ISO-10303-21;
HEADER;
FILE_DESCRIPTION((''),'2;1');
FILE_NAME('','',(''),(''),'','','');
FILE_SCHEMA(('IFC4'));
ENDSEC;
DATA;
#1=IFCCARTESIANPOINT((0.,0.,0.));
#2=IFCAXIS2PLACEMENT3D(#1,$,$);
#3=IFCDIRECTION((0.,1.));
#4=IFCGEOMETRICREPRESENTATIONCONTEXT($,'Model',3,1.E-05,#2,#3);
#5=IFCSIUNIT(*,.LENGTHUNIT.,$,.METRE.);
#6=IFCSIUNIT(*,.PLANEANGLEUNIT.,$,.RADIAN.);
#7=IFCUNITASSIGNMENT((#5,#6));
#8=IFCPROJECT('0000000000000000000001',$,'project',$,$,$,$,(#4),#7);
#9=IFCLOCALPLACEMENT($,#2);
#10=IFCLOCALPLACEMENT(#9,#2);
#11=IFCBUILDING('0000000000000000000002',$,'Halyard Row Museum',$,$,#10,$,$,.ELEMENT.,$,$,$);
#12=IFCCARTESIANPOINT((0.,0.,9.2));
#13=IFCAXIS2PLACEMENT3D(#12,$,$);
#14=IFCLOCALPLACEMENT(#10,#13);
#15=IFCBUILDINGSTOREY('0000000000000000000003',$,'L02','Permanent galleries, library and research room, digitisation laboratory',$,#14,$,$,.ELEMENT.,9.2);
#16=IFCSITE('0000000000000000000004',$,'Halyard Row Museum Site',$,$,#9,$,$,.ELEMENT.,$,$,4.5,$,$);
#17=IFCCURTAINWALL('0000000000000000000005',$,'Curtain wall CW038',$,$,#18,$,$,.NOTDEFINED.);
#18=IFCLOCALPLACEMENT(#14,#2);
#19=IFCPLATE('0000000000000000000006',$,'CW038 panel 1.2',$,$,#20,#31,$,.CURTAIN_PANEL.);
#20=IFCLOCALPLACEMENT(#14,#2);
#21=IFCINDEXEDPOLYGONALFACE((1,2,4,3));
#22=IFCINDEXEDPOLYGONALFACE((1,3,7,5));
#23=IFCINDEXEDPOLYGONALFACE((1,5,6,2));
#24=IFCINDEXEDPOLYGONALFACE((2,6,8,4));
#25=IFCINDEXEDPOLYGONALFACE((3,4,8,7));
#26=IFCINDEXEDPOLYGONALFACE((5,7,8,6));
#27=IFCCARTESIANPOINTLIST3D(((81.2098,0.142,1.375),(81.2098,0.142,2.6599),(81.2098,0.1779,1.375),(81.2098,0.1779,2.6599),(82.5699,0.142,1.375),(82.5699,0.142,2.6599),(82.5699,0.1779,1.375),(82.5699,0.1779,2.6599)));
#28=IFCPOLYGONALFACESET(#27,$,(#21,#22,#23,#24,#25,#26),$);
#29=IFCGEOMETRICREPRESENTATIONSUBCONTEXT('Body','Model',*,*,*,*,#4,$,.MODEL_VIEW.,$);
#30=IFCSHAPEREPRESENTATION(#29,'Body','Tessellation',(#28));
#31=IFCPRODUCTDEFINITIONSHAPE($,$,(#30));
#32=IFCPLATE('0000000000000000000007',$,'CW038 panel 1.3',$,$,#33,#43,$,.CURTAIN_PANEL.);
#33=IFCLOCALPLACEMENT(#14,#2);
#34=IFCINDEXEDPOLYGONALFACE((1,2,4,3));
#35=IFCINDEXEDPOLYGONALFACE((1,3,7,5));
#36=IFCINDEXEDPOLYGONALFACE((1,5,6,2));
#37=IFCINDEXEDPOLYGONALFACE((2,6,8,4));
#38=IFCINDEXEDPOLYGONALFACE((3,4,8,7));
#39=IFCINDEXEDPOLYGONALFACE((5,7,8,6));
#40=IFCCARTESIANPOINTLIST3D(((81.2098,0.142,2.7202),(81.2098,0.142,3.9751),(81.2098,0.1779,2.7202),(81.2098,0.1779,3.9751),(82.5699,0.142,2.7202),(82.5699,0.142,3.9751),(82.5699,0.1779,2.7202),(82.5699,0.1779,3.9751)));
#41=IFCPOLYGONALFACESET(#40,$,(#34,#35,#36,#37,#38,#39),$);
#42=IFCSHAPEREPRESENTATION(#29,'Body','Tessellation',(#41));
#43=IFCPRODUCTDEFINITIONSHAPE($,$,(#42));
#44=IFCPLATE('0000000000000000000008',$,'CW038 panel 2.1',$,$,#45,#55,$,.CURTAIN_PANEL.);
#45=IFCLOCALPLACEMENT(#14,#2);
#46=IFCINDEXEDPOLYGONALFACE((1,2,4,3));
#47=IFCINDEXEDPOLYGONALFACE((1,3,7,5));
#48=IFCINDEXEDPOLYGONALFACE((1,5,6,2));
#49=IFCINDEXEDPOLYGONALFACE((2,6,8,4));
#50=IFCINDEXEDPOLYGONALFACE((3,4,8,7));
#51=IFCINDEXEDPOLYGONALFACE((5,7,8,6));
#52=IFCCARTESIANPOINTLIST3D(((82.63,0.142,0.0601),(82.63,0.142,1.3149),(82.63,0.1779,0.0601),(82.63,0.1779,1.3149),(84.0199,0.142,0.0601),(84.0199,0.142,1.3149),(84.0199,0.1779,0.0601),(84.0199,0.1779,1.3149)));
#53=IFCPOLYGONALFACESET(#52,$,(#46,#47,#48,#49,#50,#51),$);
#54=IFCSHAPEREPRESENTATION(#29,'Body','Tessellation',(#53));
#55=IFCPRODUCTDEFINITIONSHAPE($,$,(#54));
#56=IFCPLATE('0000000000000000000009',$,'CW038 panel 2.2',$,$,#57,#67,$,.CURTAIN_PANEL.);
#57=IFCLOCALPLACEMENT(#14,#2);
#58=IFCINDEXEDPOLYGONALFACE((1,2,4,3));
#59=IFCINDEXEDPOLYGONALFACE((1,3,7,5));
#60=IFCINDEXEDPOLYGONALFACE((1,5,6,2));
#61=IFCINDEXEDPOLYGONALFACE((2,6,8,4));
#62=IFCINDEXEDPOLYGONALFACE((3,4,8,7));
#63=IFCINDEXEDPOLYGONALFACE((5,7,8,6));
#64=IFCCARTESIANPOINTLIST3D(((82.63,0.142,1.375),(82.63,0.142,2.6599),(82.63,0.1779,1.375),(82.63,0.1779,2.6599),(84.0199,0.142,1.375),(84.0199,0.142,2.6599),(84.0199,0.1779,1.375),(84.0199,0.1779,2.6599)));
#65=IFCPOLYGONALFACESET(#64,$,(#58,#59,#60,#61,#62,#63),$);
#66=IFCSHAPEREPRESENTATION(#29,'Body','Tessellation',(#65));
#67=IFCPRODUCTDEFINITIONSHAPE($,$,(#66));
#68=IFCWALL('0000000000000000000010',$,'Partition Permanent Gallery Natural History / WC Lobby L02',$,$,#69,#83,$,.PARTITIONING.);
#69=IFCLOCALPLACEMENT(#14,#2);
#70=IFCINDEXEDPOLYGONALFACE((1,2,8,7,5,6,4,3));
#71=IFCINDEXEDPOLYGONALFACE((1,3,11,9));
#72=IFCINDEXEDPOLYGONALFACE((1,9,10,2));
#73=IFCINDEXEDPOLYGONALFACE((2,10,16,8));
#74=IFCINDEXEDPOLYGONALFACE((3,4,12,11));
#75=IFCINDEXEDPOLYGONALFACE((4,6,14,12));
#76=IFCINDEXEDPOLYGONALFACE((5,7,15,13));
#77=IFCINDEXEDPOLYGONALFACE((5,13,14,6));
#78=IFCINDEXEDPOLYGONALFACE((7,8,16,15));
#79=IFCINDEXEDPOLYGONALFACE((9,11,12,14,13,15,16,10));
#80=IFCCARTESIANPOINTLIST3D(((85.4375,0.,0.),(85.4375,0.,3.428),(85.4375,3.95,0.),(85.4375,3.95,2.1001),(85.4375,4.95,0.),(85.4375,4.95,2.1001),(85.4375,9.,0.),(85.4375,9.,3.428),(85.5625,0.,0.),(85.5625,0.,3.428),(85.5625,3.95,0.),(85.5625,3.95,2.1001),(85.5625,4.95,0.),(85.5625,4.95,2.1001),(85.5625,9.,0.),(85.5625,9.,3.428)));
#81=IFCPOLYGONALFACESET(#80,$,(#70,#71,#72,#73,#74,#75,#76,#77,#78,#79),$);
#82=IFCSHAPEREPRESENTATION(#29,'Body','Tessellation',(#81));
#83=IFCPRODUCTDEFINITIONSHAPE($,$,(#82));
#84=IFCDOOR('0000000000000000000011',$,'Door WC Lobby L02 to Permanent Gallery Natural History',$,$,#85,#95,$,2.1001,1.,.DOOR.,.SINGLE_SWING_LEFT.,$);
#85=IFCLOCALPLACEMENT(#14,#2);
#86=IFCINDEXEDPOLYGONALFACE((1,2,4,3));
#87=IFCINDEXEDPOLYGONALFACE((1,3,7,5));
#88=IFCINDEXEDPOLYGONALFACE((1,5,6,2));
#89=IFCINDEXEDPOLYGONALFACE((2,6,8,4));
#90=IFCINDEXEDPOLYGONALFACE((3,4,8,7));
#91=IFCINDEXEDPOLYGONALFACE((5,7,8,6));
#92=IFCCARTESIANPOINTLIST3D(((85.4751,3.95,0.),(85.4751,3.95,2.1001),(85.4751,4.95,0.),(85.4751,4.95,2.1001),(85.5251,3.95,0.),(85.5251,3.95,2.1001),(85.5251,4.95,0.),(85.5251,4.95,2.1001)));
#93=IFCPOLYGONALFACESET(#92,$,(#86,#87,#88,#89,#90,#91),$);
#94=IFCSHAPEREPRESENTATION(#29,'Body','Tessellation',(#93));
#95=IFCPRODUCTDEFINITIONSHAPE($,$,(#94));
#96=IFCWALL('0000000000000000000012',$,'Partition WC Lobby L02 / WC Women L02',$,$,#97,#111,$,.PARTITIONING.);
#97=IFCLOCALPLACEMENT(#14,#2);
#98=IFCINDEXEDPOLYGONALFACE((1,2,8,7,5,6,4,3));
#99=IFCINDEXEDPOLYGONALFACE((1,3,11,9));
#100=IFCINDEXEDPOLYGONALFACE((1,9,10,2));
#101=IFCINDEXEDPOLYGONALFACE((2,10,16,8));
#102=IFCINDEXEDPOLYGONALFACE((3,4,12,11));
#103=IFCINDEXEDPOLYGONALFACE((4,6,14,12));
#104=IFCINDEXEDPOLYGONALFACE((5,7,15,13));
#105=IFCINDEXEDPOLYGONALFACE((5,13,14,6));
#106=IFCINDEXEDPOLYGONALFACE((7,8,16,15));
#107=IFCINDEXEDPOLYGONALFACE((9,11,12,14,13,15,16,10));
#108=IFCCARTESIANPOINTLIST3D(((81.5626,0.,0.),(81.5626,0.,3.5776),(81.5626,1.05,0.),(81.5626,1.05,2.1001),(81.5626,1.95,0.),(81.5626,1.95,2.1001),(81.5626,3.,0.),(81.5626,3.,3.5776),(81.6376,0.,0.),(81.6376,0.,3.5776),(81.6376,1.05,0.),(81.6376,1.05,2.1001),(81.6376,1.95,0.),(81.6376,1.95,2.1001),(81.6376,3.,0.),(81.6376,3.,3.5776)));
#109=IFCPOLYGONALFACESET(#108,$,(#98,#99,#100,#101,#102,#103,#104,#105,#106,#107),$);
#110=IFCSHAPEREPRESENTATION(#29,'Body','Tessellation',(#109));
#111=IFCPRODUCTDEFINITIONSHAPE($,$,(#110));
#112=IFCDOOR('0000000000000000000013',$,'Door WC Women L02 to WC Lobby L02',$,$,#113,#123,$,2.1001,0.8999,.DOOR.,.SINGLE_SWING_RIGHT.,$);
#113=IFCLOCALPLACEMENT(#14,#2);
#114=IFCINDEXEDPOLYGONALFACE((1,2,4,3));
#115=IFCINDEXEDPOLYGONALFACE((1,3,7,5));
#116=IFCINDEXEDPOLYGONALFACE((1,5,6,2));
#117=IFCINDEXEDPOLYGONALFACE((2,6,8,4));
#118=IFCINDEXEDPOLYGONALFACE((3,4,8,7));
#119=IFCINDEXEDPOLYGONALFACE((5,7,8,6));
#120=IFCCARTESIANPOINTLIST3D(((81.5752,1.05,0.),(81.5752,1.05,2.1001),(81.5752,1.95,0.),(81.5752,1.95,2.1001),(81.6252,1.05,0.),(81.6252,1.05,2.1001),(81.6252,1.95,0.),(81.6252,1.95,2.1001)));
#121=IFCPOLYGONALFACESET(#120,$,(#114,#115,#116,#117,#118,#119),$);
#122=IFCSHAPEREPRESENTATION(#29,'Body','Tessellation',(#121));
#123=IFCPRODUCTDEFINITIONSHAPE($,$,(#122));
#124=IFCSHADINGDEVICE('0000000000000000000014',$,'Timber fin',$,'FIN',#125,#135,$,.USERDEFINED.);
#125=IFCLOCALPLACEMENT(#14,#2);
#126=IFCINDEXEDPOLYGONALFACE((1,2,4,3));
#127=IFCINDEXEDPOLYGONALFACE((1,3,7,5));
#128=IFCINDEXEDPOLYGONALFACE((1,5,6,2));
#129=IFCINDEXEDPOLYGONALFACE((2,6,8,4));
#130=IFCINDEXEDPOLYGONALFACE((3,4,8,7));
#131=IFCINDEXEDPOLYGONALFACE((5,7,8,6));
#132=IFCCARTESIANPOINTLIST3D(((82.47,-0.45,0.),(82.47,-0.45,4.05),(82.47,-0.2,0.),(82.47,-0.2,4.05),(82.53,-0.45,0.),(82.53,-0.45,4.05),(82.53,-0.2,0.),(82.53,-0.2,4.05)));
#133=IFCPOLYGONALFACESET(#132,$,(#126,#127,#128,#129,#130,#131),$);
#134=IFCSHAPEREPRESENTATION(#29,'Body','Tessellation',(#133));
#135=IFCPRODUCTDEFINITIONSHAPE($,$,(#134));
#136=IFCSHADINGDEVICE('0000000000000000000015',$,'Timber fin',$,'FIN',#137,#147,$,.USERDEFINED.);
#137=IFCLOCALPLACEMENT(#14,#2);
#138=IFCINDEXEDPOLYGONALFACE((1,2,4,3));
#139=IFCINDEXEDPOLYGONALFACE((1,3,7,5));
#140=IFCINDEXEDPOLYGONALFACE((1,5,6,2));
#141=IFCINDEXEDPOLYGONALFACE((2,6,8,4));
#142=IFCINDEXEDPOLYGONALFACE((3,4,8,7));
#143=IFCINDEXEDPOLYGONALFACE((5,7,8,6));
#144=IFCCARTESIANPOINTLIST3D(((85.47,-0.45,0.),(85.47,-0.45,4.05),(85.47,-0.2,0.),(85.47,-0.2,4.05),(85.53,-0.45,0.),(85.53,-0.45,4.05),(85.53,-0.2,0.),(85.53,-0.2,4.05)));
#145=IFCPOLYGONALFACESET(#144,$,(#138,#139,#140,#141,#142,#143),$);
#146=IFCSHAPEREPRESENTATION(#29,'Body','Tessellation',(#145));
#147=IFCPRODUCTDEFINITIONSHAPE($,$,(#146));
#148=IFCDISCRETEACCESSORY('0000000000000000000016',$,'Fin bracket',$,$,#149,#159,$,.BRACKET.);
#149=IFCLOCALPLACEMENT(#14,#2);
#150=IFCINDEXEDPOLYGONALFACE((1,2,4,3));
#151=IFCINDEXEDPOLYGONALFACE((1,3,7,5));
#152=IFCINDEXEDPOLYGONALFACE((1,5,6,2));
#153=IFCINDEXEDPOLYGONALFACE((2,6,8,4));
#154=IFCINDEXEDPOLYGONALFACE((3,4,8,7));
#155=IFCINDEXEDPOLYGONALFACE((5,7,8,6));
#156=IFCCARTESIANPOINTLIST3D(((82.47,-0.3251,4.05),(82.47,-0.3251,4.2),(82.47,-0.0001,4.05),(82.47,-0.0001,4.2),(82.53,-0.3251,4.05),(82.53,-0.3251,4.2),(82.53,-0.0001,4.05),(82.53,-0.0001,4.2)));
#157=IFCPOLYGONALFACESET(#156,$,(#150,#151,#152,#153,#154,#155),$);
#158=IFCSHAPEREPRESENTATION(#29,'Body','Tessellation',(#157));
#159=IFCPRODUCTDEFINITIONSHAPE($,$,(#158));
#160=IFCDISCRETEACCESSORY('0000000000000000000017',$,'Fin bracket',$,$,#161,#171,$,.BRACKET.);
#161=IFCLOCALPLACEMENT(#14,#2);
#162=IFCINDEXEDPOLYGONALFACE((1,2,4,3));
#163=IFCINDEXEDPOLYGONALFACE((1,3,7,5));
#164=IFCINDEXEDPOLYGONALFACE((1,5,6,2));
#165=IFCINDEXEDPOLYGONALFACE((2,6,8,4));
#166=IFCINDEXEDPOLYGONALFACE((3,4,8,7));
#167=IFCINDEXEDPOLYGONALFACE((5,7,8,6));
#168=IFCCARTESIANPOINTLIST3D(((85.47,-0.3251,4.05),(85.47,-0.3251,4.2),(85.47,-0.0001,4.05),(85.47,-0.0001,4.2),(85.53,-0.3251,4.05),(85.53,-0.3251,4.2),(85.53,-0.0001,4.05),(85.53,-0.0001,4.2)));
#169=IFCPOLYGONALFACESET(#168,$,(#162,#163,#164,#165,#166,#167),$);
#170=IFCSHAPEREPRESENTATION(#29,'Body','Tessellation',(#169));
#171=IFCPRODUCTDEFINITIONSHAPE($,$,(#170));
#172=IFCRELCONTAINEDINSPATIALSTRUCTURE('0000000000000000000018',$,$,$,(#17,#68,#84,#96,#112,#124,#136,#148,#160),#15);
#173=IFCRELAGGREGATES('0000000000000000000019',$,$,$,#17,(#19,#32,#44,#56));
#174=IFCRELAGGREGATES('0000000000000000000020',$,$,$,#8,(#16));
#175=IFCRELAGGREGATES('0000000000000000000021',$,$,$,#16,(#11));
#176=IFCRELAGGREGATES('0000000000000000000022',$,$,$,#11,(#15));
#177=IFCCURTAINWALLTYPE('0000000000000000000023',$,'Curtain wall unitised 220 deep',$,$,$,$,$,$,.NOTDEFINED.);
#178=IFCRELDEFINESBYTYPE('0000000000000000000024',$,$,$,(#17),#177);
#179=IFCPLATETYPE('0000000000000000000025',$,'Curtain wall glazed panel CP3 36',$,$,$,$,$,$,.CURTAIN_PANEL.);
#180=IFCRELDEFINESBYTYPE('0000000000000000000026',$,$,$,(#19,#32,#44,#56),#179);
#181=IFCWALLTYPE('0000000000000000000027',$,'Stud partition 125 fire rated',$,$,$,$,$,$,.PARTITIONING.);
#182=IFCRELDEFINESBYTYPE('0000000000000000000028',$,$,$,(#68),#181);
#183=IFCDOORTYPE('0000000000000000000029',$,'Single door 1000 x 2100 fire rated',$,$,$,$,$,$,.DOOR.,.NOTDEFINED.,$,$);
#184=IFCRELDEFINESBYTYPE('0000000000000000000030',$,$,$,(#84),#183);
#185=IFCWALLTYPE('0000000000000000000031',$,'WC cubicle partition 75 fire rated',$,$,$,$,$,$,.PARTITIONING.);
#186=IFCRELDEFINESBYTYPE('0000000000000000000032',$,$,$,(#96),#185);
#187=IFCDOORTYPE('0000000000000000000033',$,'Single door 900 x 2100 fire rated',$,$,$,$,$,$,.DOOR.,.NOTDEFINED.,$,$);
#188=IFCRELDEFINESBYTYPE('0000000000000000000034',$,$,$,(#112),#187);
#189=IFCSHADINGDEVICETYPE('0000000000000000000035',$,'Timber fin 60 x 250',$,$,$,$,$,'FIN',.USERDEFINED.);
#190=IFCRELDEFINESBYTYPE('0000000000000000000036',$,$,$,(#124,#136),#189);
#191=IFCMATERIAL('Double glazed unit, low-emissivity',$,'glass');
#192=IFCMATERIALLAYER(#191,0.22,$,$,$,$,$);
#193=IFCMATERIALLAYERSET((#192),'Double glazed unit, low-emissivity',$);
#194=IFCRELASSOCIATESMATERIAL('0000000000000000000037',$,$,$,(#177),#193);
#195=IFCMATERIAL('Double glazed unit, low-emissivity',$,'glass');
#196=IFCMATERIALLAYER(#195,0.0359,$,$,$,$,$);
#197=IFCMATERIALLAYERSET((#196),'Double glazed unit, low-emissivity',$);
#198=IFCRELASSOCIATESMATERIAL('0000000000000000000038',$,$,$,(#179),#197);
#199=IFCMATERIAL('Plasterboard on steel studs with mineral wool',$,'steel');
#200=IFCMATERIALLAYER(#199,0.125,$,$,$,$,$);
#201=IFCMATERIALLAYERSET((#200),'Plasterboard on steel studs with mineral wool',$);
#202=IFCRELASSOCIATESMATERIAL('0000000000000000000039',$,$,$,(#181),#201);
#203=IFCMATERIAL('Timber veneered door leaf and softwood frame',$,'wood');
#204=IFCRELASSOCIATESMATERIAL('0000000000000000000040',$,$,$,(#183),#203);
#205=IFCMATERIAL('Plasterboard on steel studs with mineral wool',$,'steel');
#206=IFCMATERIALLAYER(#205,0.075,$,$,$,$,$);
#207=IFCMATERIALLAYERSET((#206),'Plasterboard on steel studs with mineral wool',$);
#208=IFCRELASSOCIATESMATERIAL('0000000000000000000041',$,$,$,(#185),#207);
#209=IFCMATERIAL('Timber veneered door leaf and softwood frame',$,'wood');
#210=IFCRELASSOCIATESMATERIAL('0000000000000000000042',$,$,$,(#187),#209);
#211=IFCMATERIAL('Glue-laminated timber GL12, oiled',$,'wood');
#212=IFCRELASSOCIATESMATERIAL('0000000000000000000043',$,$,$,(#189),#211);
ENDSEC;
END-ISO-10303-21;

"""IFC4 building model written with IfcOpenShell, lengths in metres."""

from ifc_helpers import new_model, si_unit, direction, frame, frame_2d, origin, origin_2d, place, context, subcontext, project, spatial, rectangle, extrude, material, layer, layer_set, type_object, element, fill, aggregate, save


model = new_model("IFC4")

# Units and contexts
model_context = context("Model", 3, precision=1e-05, world=origin(), true_north=direction((0.0, 1.0)))
body_context = subcontext(model_context, "Body", "Model", "MODEL_VIEW")
ifc_project = project(units=[si_unit("LENGTHUNIT", "METRE"), si_unit("PLANEANGLEUNIT", "RADIAN")], contexts=[model_context])

# Site, building, storey
site_placement = place(None, origin())
site = spatial("IfcSite", under=ifc_project, at=site_placement, Name="Halyard Row Museum Site", CompositionType="ELEMENT", RefElevation=4.5)
building_placement = place(site_placement, origin())
building = spatial("IfcBuilding", under=site, at=building_placement, Name="Halyard Row Museum", CompositionType="ELEMENT")
storey_placement = place(building_placement, frame((0.0, 0.0, 9.2)))
storey = spatial("IfcBuildingStorey", under=building, at=storey_placement, Name="L02", Description="Permanent galleries, library and research room, digitisation laboratory", CompositionType="ELEMENT", Elevation=9.2)

# Shared definitions
ifc_material_1 = material(Name="Double glazed unit, low-emissivity", Category="glass")
ifc_layer_1 = layer(ifc_material_1, 0.22)
ifc_layer_set_1 = layer_set([ifc_layer_1], Name="Double glazed unit, low-emissivity")
curtain_wall_type = type_object("IfcCurtainWallType", Name="Curtain wall unitised 220 deep", PredefinedType="NOTDEFINED", material=ifc_layer_set_1)

# Curtain wall
curtain_wall_1_placement = place(storey_placement, origin())
curtain_wall_1 = element("IfcCurtainWall", 1, at=curtain_wall_1_placement, inside=storey, type_object=curtain_wall_type, Name="Curtain wall CW038", PredefinedType="NOTDEFINED")

# Plates
ifc_material_2 = material(Name="Double glazed unit, low-emissivity", Category="glass")
ifc_layer_2 = layer(ifc_material_2, 0.0359)
ifc_layer_set_2 = layer_set([ifc_layer_2], Name="Double glazed unit, low-emissivity")
plate_type = type_object("IfcPlateType", Name="Curtain wall glazed panel CP3 36", PredefinedType="CURTAIN_PANEL", material=ifc_layer_set_2)
plate_1_placement = place(storey_placement, frame((81.8899, 0.1599, 1.375), z_axis=(0.0, 0.0, 1.0), x_axis=(1.0, 0.0, 0.0)))
plate_1 = element("IfcPlate", 2, at=plate_1_placement, type_object=plate_type, Name="CW038 panel 1.2", PredefinedType="CURTAIN_PANEL", context=body_context, shape_type="SweptSolid", body=[
    extrude(rectangle(XDim=1.3601, YDim=0.0359, at=origin_2d()), origin(), (0.0, 0.0, 1.0), 1.2849),
])
plate_2_placement = place(storey_placement, frame((81.8899, 0.1599, 2.7202), z_axis=(0.0, 0.0, 1.0), x_axis=(1.0, 0.0, 0.0)))
plate_2 = element("IfcPlate", 3, at=plate_2_placement, type_object=plate_type, Name="CW038 panel 1.3", PredefinedType="CURTAIN_PANEL", context=body_context, shape_type="SweptSolid", body=[
    extrude(rectangle(XDim=1.3601, YDim=0.0359, at=origin_2d()), origin(), (0.0, 0.0, 1.0), 1.2549),
])
plate_3_placement = place(storey_placement, frame((83.325, 0.1599, 0.0601), z_axis=(0.0, 0.0, 1.0), x_axis=(1.0, 0.0, 0.0)))
plate_3 = element("IfcPlate", 4, at=plate_3_placement, type_object=plate_type, Name="CW038 panel 2.1", PredefinedType="CURTAIN_PANEL", context=body_context, shape_type="SweptSolid", body=[
    extrude(rectangle(XDim=1.3899, YDim=0.0359, at=origin_2d()), origin(), (0.0, 0.0, 1.0), 1.2549),
])
plate_4_placement = place(storey_placement, frame((83.325, 0.1599, 1.375), z_axis=(0.0, 0.0, 1.0), x_axis=(1.0, 0.0, 0.0)))
plate_4 = element("IfcPlate", 5, at=plate_4_placement, type_object=plate_type, Name="CW038 panel 2.2", PredefinedType="CURTAIN_PANEL", context=body_context, shape_type="SweptSolid", body=[
    extrude(rectangle(XDim=1.3899, YDim=0.0359, at=origin_2d()), origin(), (0.0, 0.0, 1.0), 1.2849),
])
aggregate(curtain_wall_1, [plate_1, plate_2, plate_3, plate_4])

# Walls, openings, doors
ifc_material_3 = material(Name="Plasterboard on steel studs with mineral wool", Category="steel")
ifc_layer_3 = layer(ifc_material_3, 0.125)
ifc_layer_set_3 = layer_set([ifc_layer_3], Name="Plasterboard on steel studs with mineral wool")
wall_type_1 = type_object("IfcWallType", Name="Stud partition 125 fire rated", PredefinedType="PARTITIONING", material=ifc_layer_set_3)
wall_1_placement = place(storey_placement, frame((85.5, 0.0, 0.0), z_axis=(0.0, 0.0, 1.0), x_axis=(0.0, 1.0, 0.0)))
wall_1 = element("IfcWall", 6, at=wall_1_placement, inside=storey, type_object=wall_type_1, Name="Partition Permanent Gallery Natural History / WC Lobby L02", PredefinedType="PARTITIONING", context=body_context, shape_type="SweptSolid", body=[
    extrude(rectangle(XDim=9.0, YDim=0.125, at=frame_2d((4.5, 0.0))), origin(), (0.0, 0.0, 1.0), 3.428),
])
opening_1_placement = place(wall_1_placement, frame((3.95, 0.0, 0.0)))
opening_1 = element("IfcOpeningElement", 7, at=opening_1_placement, cuts=wall_1, PredefinedType="OPENING", context=body_context, shape_type="SweptSolid", body=[
    extrude(rectangle(XDim=1.0, YDim=2.1001, at=frame_2d((0.5, 1.05))), frame((0.0, 0.0725, 0.0), z_axis=(0.0, -1.0, 0.0), x_axis=(1.0, 0.0, 0.0)), (0.0, 0.0, 1.0), 0.145),
])
ifc_material_4 = material(Name="Timber veneered door leaf and softwood frame", Category="wood")
door_type_1 = type_object("IfcDoorType", Name="Single door 1000 x 2100 fire rated", OperationType="NOTDEFINED", PredefinedType="DOOR", material=ifc_material_4)
door_1_placement = place(opening_1_placement, origin())
door_1 = element("IfcDoor", 8, at=door_1_placement, inside=storey, type_object=door_type_1, Name="Door WC Lobby L02 to Permanent Gallery Natural History", OperationType="SINGLE_SWING_LEFT", OverallHeight=2.1001, OverallWidth=1.0, PredefinedType="DOOR", context=body_context, shape_type="SweptSolid", body=[
    extrude(rectangle(XDim=1.0, YDim=2.1001, at=frame_2d((0.5, 1.05))), frame((0.0, 0.0249, 0.0), z_axis=(0.0, -1.0, 0.0), x_axis=(1.0, 0.0, 0.0)), (0.0, 0.0, 1.0), 0.05),
])
fill(opening_1, door_1)
ifc_material_5 = material(Name="Plasterboard on steel studs with mineral wool", Category="steel")
ifc_layer_4 = layer(ifc_material_5, 0.075)
ifc_layer_set_4 = layer_set([ifc_layer_4], Name="Plasterboard on steel studs with mineral wool")
wall_type_2 = type_object("IfcWallType", Name="WC cubicle partition 75 fire rated", PredefinedType="PARTITIONING", material=ifc_layer_set_4)
wall_2_placement = place(storey_placement, frame((81.6001, 0.0, 0.0), z_axis=(0.0, 0.0, 1.0), x_axis=(0.0, 1.0, 0.0)))
wall_2 = element("IfcWall", 9, at=wall_2_placement, inside=storey, type_object=wall_type_2, Name="Partition WC Lobby L02 / WC Women L02", PredefinedType="PARTITIONING", context=body_context, shape_type="SweptSolid", body=[
    extrude(rectangle(XDim=3.0, YDim=0.075, at=frame_2d((1.5, 0.0))), origin(), (0.0, 0.0, 1.0), 3.5776),
])
opening_2_placement = place(wall_2_placement, frame((1.05, 0.0, 0.0)))
opening_2 = element("IfcOpeningElement", 10, at=opening_2_placement, cuts=wall_2, PredefinedType="OPENING", context=body_context, shape_type="SweptSolid", body=[
    extrude(rectangle(XDim=0.8999, YDim=2.1001, at=frame_2d((0.45, 1.05))), frame((0.0, 0.0474, 0.0), z_axis=(0.0, -1.0, 0.0), x_axis=(1.0, 0.0, 0.0)), (0.0, 0.0, 1.0), 0.095),
])
ifc_material_6 = material(Name="Timber veneered door leaf and softwood frame", Category="wood")
door_type_2 = type_object("IfcDoorType", Name="Single door 900 x 2100 fire rated", OperationType="NOTDEFINED", PredefinedType="DOOR", material=ifc_material_6)
door_2_placement = place(opening_2_placement, origin())
door_2 = element("IfcDoor", 11, at=door_2_placement, inside=storey, type_object=door_type_2, Name="Door WC Women L02 to WC Lobby L02", OperationType="SINGLE_SWING_RIGHT", OverallHeight=2.1001, OverallWidth=0.8999, PredefinedType="DOOR", context=body_context, shape_type="SweptSolid", body=[
    extrude(rectangle(XDim=0.8999, YDim=2.1001, at=frame_2d((0.45, 1.05))), frame((0.0, 0.0249, 0.0), z_axis=(0.0, -1.0, 0.0), x_axis=(1.0, 0.0, 0.0)), (0.0, 0.0, 1.0), 0.05),
])
fill(opening_2, door_2)

# Shading devices
ifc_material_7 = material(Name="Glue-laminated timber GL12, oiled", Category="wood")
shading_device_type = type_object("IfcShadingDeviceType", Name="Timber fin 60 x 250", ElementType="FIN", PredefinedType="USERDEFINED", material=ifc_material_7)
for number, where, z_axis, x_axis, name in (
    (12, (82.5, -0.325, 0.0), (0.0, 0.0, 1.0), (1.0, 0.0, 0.0), "Timber fin"),
    (13, (85.5, -0.325, 0.0), (0.0, 0.0, 1.0), (1.0, 0.0, 0.0), "Timber fin"),
):
    element("IfcShadingDevice", number, at=place(storey_placement, frame(where, z_axis=z_axis, x_axis=x_axis)), inside=storey, type_object=shading_device_type, Name=name, ObjectType="FIN", PredefinedType="USERDEFINED", context=body_context, shape_type="SweptSolid", body=[
        extrude(rectangle(XDim=0.0601, YDim=0.25, at=origin_2d()), origin(), (0.0, 0.0, 1.0), 4.05),
    ])

# Discrete accessories
for number, where, z_axis, x_axis, name in (
    (14, (82.5, -0.1626, 4.05), (0.0, 0.0, 1.0), (1.0, 0.0, 0.0), "Fin bracket"),
    (15, (85.5, -0.1626, 4.05), (0.0, 0.0, 1.0), (1.0, 0.0, 0.0), "Fin bracket"),
):
    element("IfcDiscreteAccessory", number, at=place(storey_placement, frame(where, z_axis=z_axis, x_axis=x_axis)), inside=storey, Name=name, PredefinedType="BRACKET", context=body_context, shape_type="SweptSolid", body=[
        extrude(rectangle(XDim=0.0601, YDim=0.325, at=origin_2d()), origin(), (0.0, 0.0, 1.0), 0.1499),
    ])

save(model, "model.ifc")
